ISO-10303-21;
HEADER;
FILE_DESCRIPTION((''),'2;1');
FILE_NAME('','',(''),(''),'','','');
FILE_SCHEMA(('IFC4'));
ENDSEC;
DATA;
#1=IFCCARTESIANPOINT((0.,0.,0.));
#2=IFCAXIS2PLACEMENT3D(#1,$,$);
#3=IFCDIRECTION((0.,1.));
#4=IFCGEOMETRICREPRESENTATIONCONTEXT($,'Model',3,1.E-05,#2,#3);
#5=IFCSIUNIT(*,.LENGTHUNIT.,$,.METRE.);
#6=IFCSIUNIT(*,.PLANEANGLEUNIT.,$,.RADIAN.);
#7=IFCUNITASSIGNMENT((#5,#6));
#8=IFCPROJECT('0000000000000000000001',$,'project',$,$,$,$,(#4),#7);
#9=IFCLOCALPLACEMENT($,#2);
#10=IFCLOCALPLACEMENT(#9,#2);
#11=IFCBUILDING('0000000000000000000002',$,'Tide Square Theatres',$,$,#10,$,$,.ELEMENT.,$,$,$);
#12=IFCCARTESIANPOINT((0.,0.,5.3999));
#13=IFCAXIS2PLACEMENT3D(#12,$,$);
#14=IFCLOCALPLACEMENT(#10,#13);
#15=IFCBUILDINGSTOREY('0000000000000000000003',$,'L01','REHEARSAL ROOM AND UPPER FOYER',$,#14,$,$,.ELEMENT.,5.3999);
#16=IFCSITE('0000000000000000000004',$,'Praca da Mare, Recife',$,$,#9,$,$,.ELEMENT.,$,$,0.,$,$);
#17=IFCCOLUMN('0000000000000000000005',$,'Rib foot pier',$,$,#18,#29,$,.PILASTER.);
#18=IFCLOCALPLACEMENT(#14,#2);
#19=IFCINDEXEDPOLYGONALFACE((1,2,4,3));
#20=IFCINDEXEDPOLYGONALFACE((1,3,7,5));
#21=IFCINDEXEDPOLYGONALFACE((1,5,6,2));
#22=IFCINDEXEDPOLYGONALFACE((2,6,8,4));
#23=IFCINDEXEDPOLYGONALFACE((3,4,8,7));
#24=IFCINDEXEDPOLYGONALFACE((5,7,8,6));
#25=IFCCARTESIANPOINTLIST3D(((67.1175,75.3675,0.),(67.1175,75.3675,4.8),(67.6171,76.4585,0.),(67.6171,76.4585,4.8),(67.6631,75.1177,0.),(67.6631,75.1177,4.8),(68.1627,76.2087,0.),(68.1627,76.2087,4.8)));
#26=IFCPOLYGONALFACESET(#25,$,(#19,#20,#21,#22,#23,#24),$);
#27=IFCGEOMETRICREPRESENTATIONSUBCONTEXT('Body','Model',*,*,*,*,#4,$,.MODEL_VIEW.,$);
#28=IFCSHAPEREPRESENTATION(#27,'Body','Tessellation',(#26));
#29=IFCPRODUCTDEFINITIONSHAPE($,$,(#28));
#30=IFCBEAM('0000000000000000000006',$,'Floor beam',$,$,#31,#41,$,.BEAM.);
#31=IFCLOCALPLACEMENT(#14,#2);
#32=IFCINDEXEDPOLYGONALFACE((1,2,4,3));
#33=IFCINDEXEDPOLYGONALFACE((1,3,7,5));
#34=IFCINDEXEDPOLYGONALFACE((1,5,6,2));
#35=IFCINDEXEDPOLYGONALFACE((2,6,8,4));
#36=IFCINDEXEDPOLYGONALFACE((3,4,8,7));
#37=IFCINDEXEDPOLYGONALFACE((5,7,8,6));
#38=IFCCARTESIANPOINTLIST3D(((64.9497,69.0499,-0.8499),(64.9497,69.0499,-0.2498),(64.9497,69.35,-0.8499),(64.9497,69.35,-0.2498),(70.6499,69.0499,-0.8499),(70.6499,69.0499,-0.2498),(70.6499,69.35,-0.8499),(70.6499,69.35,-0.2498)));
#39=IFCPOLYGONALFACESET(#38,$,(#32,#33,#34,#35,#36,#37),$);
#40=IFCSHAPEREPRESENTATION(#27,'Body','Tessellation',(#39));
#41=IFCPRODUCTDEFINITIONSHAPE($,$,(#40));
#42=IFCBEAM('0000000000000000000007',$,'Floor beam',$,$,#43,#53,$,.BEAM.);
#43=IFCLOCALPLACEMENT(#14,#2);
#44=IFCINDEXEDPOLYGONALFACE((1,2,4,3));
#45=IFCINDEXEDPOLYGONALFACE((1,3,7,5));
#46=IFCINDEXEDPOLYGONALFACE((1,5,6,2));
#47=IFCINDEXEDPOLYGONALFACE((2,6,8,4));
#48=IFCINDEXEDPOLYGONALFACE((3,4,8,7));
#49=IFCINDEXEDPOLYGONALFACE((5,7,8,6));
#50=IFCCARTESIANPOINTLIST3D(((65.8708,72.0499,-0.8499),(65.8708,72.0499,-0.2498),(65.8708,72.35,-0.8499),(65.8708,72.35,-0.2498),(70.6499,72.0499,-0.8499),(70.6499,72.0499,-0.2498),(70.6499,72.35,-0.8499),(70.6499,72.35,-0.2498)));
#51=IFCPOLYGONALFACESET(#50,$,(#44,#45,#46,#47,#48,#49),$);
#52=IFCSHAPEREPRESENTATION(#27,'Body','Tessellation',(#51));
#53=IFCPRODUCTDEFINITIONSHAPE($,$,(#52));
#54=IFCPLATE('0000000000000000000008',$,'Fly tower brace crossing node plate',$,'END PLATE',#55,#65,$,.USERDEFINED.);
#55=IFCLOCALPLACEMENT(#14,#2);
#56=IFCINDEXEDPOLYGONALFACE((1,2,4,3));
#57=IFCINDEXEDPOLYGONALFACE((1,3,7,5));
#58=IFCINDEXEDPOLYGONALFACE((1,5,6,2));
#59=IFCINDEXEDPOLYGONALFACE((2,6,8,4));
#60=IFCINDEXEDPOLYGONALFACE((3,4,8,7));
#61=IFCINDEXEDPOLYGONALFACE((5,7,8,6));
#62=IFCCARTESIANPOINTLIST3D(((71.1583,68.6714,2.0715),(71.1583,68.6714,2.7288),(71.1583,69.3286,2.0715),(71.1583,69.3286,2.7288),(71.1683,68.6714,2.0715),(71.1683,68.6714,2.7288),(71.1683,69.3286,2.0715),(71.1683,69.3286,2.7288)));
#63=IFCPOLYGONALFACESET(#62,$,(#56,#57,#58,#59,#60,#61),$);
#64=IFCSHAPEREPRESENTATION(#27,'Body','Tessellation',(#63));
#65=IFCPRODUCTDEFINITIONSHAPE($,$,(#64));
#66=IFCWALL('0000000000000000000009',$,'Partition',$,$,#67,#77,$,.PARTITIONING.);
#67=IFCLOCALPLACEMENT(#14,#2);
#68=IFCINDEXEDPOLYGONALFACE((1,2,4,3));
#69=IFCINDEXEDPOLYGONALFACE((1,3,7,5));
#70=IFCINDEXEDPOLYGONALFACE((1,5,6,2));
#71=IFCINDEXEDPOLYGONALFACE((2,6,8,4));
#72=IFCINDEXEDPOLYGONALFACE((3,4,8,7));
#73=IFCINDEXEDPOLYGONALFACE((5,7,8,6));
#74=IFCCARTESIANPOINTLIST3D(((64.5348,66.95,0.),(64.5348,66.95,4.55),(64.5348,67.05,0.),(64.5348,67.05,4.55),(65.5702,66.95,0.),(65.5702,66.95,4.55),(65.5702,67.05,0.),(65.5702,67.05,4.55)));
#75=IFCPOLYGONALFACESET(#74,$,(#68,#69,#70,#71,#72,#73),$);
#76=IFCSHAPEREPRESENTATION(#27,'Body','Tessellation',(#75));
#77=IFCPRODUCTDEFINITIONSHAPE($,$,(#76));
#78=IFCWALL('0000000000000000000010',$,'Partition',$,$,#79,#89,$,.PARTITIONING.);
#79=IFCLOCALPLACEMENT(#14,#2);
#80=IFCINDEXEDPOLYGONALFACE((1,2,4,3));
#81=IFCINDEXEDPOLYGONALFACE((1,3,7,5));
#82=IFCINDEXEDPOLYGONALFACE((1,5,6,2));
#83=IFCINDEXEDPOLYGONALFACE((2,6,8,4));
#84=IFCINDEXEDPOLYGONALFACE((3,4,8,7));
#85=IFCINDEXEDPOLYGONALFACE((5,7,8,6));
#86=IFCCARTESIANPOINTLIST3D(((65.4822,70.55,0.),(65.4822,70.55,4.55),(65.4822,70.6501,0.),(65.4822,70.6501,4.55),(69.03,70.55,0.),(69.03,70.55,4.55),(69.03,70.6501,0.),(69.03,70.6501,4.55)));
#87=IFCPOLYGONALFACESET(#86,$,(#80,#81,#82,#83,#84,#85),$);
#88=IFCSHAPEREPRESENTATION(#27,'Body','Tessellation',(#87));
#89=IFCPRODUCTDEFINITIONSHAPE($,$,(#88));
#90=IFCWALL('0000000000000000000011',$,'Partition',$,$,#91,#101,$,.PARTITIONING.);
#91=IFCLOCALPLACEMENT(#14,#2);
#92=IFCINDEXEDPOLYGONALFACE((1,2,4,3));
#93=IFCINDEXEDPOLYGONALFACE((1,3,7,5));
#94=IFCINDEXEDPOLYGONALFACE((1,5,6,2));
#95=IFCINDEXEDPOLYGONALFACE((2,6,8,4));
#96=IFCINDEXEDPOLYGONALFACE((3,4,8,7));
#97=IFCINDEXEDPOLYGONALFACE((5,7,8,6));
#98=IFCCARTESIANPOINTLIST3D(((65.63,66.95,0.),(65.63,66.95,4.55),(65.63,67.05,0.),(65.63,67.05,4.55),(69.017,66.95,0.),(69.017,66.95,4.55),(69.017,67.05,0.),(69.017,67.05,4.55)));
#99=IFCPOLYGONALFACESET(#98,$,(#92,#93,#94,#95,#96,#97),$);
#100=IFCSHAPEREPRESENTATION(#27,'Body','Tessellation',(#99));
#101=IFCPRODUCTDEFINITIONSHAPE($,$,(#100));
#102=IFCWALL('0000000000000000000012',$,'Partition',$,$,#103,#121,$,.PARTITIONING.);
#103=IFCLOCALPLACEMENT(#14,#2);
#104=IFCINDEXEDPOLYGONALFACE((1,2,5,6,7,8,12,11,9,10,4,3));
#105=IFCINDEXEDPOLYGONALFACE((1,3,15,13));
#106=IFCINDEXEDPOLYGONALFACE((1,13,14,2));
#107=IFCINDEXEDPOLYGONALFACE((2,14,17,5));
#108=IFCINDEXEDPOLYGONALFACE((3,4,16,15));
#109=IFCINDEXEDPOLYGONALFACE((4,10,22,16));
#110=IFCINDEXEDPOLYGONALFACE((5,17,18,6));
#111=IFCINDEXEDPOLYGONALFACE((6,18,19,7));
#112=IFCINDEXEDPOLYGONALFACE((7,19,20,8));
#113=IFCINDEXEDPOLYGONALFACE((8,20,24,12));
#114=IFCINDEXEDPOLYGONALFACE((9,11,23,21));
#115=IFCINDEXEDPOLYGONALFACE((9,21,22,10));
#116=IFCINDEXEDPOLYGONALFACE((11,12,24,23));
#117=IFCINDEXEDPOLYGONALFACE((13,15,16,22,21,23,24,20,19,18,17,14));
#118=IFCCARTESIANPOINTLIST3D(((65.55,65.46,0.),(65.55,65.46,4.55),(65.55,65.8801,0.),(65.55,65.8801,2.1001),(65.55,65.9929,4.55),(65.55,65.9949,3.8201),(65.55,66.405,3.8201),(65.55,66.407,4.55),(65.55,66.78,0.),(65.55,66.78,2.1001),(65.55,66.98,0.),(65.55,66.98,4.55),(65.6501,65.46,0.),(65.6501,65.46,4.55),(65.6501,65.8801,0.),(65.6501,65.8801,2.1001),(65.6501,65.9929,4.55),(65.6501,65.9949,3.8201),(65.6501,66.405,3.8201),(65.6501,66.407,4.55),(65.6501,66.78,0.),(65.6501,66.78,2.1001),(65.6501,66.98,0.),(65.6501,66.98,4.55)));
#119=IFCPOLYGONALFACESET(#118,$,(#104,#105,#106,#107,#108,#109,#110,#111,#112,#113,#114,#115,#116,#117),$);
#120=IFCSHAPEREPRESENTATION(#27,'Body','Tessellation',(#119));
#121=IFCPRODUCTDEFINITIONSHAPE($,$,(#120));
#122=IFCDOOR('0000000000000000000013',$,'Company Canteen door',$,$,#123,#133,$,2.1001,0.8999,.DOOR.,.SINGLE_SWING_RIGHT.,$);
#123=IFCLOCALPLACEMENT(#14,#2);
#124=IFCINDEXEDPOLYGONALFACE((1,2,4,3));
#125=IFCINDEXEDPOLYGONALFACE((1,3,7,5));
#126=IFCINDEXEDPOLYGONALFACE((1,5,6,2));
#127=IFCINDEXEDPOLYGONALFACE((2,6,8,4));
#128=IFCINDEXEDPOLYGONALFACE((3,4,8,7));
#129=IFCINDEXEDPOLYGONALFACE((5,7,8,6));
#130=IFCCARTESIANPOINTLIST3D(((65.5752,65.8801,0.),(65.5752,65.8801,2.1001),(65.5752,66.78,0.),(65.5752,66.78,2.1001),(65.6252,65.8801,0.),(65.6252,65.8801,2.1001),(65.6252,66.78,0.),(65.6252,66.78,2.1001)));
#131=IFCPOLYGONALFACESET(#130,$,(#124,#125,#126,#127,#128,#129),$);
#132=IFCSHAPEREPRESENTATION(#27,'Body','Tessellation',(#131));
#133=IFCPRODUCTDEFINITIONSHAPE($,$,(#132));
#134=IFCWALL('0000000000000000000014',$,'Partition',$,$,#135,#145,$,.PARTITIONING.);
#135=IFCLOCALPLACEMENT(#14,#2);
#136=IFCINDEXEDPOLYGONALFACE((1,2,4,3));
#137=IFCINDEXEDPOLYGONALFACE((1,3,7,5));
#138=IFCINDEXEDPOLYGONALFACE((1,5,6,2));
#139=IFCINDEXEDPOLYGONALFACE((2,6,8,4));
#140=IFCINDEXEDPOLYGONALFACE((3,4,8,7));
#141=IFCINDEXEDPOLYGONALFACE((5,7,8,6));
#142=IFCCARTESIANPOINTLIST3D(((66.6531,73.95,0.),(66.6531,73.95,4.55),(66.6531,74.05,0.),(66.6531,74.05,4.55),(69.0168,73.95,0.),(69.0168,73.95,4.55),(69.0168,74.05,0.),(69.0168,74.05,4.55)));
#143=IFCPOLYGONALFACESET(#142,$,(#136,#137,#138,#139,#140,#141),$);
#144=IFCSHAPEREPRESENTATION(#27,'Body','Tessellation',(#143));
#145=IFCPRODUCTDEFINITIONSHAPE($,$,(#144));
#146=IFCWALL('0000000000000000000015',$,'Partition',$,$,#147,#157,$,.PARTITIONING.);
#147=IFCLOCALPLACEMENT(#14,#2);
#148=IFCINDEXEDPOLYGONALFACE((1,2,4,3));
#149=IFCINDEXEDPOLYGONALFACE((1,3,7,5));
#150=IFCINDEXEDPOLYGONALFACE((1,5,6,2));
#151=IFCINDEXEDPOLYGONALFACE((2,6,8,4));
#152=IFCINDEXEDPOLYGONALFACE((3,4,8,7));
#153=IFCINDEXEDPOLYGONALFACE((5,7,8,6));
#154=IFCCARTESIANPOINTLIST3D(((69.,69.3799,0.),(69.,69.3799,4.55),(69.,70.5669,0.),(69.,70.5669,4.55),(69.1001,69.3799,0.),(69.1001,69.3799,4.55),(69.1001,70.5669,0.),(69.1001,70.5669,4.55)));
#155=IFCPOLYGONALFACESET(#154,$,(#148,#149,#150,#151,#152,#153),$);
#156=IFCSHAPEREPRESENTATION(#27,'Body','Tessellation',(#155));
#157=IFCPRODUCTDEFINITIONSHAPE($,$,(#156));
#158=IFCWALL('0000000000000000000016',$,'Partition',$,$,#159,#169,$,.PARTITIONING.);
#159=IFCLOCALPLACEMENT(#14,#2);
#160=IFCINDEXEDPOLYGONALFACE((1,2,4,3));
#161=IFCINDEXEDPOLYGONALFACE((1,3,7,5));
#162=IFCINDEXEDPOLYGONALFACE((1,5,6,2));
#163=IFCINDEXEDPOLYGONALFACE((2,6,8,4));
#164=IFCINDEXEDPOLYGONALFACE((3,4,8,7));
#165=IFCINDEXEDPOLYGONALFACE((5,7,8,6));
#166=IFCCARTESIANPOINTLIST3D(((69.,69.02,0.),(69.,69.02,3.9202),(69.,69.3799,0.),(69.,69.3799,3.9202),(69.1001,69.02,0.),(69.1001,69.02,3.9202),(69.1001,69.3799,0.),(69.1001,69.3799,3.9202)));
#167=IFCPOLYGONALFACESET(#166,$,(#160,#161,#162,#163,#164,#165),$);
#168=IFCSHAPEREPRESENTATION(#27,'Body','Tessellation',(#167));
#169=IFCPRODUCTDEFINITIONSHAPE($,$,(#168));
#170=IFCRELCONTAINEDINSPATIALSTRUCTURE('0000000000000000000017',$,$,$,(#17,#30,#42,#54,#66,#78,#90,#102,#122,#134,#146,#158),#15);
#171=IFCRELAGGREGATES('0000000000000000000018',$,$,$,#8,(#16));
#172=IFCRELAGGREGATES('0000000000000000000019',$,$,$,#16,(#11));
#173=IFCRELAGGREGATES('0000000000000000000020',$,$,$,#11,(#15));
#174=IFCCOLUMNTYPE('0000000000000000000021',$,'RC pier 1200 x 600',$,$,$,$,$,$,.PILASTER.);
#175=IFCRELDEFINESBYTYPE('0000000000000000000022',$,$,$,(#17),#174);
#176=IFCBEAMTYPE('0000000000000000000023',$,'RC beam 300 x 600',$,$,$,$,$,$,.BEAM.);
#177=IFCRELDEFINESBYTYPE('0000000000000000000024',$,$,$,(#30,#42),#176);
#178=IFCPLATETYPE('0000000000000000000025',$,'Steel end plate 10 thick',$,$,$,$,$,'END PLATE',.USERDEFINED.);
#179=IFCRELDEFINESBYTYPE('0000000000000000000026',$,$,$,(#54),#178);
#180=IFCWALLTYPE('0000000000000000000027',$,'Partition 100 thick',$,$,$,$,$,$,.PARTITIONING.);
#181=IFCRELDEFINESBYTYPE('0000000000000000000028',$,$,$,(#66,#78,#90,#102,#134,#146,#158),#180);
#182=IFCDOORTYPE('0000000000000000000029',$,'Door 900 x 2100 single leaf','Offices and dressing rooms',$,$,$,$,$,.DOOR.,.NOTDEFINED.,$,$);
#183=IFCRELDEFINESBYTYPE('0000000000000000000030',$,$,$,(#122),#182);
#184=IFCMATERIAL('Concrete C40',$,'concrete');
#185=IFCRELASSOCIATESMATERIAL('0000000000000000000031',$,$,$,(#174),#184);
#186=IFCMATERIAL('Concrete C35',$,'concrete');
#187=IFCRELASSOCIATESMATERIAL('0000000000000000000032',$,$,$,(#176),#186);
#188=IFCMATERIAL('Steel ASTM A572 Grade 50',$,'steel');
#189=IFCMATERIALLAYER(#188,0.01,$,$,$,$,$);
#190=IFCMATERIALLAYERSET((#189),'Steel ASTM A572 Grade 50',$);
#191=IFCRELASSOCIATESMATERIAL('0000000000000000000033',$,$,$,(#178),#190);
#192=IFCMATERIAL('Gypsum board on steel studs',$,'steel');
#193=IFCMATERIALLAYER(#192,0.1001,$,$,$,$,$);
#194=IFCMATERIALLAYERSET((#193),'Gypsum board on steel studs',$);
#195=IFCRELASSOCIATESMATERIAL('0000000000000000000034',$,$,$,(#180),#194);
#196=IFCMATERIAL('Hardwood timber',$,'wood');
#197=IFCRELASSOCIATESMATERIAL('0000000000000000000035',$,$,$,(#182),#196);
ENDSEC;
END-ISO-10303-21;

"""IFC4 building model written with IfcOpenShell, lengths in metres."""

from ifc_helpers import new_model, si_unit, direction, frame, frame_2d, origin, origin_2d, place, context, subcontext, project, spatial, polyline, rectangle, outline, extrude, material, layer, layer_set, material_profile, profile_set, type_object, element, fill, save


model = new_model("IFC4")

# Units and contexts
model_context = context("Model", 3, precision=1e-05, world=origin(), true_north=direction((0.0, 1.0)))
body_context = subcontext(model_context, "Body", "Model", "MODEL_VIEW")
ifc_project = project(units=[si_unit("LENGTHUNIT", "METRE"), si_unit("PLANEANGLEUNIT", "RADIAN")], contexts=[model_context])

# Site, building, storey
site_placement = place(None, origin())
site = spatial("IfcSite", under=ifc_project, at=site_placement, Name="Praca da Mare, Recife", CompositionType="ELEMENT", RefElevation=0.0)
building_placement = place(site_placement, origin())
building = spatial("IfcBuilding", under=site, at=building_placement, Name="Tide Square Theatres", CompositionType="ELEMENT")
storey_placement = place(building_placement, frame((0.0, 0.0, 5.3999)))
storey = spatial("IfcBuildingStorey", under=building, at=storey_placement, Name="L01", Description="REHEARSAL ROOM AND UPPER FOYER", CompositionType="ELEMENT", Elevation=5.3999)

# Column
ifc_material_1 = material(Name="Concrete C40", Category="concrete")
ifc_material_profile_1 = material_profile(ifc_material_1, rectangle(XDim=1.2, YDim=0.6001, at=origin_2d()))
ifc_profile_set_1 = profile_set([ifc_material_profile_1], Name="Concrete C40")
column_type = type_object("IfcColumnType", Name="RC pier 1200 x 600", PredefinedType="PILASTER", material=ifc_profile_set_1)
column_placement = place(storey_placement, frame((67.6401, 75.7881, 0.0), z_axis=(0.0, 0.0, 1.0), x_axis=(-0.416344, -0.909207, 0.0)))
element("IfcColumn", 1, at=column_placement, inside=storey, type_object=column_type, Name="Rib foot pier", PredefinedType="PILASTER", context=body_context, shape_type="SweptSolid", body=[
    extrude(rectangle(XDim=1.2, YDim=0.6001, at=origin_2d()), origin(), (0.0, 0.0, 1.0), 4.8),
])

# Beams
ifc_material_2 = material(Name="Concrete C35", Category="concrete")
ifc_material_profile_2 = material_profile(ifc_material_2, rectangle(XDim=0.3, YDim=0.6001, at=origin_2d()))
ifc_profile_set_2 = profile_set([ifc_material_profile_2], Name="Concrete C35")
beam_type = type_object("IfcBeamType", Name="RC beam 300 x 600", PredefinedType="BEAM", material=ifc_profile_set_2)
beam_1_placement = place(storey_placement, frame((64.9497, 69.2, -0.5498), z_axis=(1.0, 0.0, 0.0), x_axis=(0.0, 1.0, 0.0)))
element("IfcBeam", 2, at=beam_1_placement, inside=storey, type_object=beam_type, Name="Floor beam", PredefinedType="BEAM", context=body_context, shape_type="SweptSolid", body=[
    extrude(rectangle(XDim=0.3, YDim=0.6001, at=origin_2d()), origin(), (0.0, 0.0, 1.0), 5.7002),
])
beam_2_placement = place(storey_placement, frame((65.8708, 72.2, -0.5498), z_axis=(1.0, 0.0, 0.0), x_axis=(0.0, 1.0, 0.0)))
element("IfcBeam", 3, at=beam_2_placement, inside=storey, type_object=beam_type, Name="Floor beam", PredefinedType="BEAM", context=body_context, shape_type="SweptSolid", body=[
    extrude(rectangle(XDim=0.3, YDim=0.6001, at=origin_2d()), origin(), (0.0, 0.0, 1.0), 4.7791),
])

# Plate
ifc_material_3 = material(Name="Steel ASTM A572 Grade 50", Category="steel")
ifc_layer_1 = layer(ifc_material_3, 0.01)
ifc_layer_set_1 = layer_set([ifc_layer_1], Name="Steel ASTM A572 Grade 50")
plate_type = type_object("IfcPlateType", Name="Steel end plate 10 thick", ElementType="END PLATE", PredefinedType="USERDEFINED", material=ifc_layer_set_1)
plate_placement = place(storey_placement, frame((71.1633, 69.0, 2.0715), z_axis=(0.0, 0.0, 1.0), x_axis=(-1.0, 0.0, 0.0)))
element("IfcPlate", 4, at=plate_placement, inside=storey, type_object=plate_type, Name="Fly tower brace crossing node plate", ObjectType="END PLATE", PredefinedType="USERDEFINED", context=body_context, shape_type="SweptSolid", body=[
    extrude(rectangle(XDim=0.01, YDim=0.6572, at=origin_2d()), origin(), (0.0, 0.0, 1.0), 0.6572),
])

# Walls
ifc_material_4 = material(Name="Gypsum board on steel studs", Category="steel")
ifc_layer_2 = layer(ifc_material_4, 0.1001)
ifc_layer_set_2 = layer_set([ifc_layer_2], Name="Gypsum board on steel studs")
wall_type_1 = type_object("IfcWallType", Name="Partition 100 thick", PredefinedType="PARTITIONING", material=ifc_layer_set_2)
wall_1_placement = place(storey_placement, frame((65.5701, 67.0, 0.0), z_axis=(0.0, 0.0, 1.0), x_axis=(-1.0, 0.0, 0.0)))
element("IfcWall", 5, at=wall_1_placement, inside=storey, type_object=wall_type_1, Name="Partition", PredefinedType="PARTITIONING", context=body_context, shape_type="SweptSolid", body=[
    extrude(rectangle(XDim=1.0354, YDim=0.1001, at=frame_2d((0.5176, 0.0))), origin(), (0.0, 0.0, 1.0), 4.55),
])
wall_2_placement = place(storey_placement, frame((65.4822, 70.6001, 0.0), z_axis=(0.0, 0.0, 1.0), x_axis=(1.0, 0.0, 0.0)))
element("IfcWall", 6, at=wall_2_placement, inside=storey, type_object=wall_type_1, Name="Partition", PredefinedType="PARTITIONING", context=body_context, shape_type="SweptSolid", body=[
    extrude(rectangle(XDim=3.5479, YDim=0.1001, at=frame_2d((1.7739, 0.0))), origin(), (0.0, 0.0, 1.0), 4.55),
])
wall_3_placement = place(storey_placement, frame((69.0168, 67.0, 0.0), z_axis=(0.0, 0.0, 1.0), x_axis=(-1.0, 0.0, 0.0)))
element("IfcWall", 7, at=wall_3_placement, inside=storey, type_object=wall_type_1, Name="Partition", PredefinedType="PARTITIONING", context=body_context, shape_type="SweptSolid", body=[
    extrude(rectangle(XDim=3.387, YDim=0.1001, at=frame_2d((1.6934, 0.0))), origin(), (0.0, 0.0, 1.0), 4.55),
])

# Wall, opening, door
wall_4_placement = place(storey_placement, frame((65.6001, 66.98, 0.0), z_axis=(0.0, 0.0, 1.0), x_axis=(0.0, -1.0, 0.0)))
wall_4 = element("IfcWall", 8, at=wall_4_placement, inside=storey, type_object=wall_type_1, Name="Partition", PredefinedType="PARTITIONING", context=body_context, shape_type="SweptSolid", body=[
    extrude(outline(polyline([(0.0, 0.0), (1.52, 0.0), (1.52, 4.55), (0.9871, 4.55), (0.9851, 3.8201), (0.575, 3.8201), (0.573, 4.55), (0.0, 4.55), (0.0, 0.0)])), frame((0.0, 0.05, 0.0), z_axis=(0.0, -1.0, 0.0), x_axis=(1.0, 0.0, 0.0)), (0.0, 0.0, 1.0), 0.1001),
])
opening_1_placement = place(wall_4_placement, frame((0.2, 0.0, 0.0)))
opening_1 = element("IfcOpeningElement", 9, at=opening_1_placement, cuts=wall_4, PredefinedType="OPENING", context=body_context, shape_type="SweptSolid", body=[
    extrude(rectangle(XDim=0.8999, YDim=2.1001, at=frame_2d((0.45, 1.05))), frame((0.0, 0.0601, 0.0), z_axis=(0.0, -1.0, 0.0), x_axis=(1.0, 0.0, 0.0)), (0.0, 0.0, 1.0), 0.1201),
])
ifc_material_5 = material(Name="Hardwood timber", Category="wood")
door_type = type_object("IfcDoorType", Name="Door 900 x 2100 single leaf", Description="Offices and dressing rooms", OperationType="NOTDEFINED", PredefinedType="DOOR", material=ifc_material_5)
door_1_placement = place(opening_1_placement, frame((0.8999, 0.0, 0.0), z_axis=(0.0, 0.0, 1.0), x_axis=(-1.0, 0.0, 0.0)))
door_1 = element("IfcDoor", 10, at=door_1_placement, inside=storey, type_object=door_type, Name="Company Canteen door", OperationType="SINGLE_SWING_RIGHT", OverallHeight=2.1001, OverallWidth=0.8999, PredefinedType="DOOR", context=body_context, shape_type="SweptSolid", body=[
    extrude(rectangle(XDim=0.8999, YDim=2.1001, at=frame_2d((0.45, 1.05))), frame((0.0, 0.0249, 0.0), z_axis=(0.0, -1.0, 0.0), x_axis=(1.0, 0.0, 0.0)), (0.0, 0.0, 1.0), 0.05),
])
fill(opening_1, door_1)

# Walls
wall_5_placement = place(storey_placement, frame((66.6531, 74.0, 0.0), z_axis=(0.0, 0.0, 1.0), x_axis=(1.0, 0.0, 0.0)))
element("IfcWall", 11, at=wall_5_placement, inside=storey, type_object=wall_type_1, Name="Partition", PredefinedType="PARTITIONING", context=body_context, shape_type="SweptSolid", body=[
    extrude(rectangle(XDim=2.3638, YDim=0.1001, at=frame_2d((1.1819, 0.0))), origin(), (0.0, 0.0, 1.0), 4.55),
])
wall_6_placement = place(storey_placement, frame((69.05, 70.5669, 0.0), z_axis=(0.0, 0.0, 1.0), x_axis=(0.0, -1.0, 0.0)))
element("IfcWall", 12, at=wall_6_placement, inside=storey, type_object=wall_type_1, Name="Partition", PredefinedType="PARTITIONING", context=body_context, shape_type="SweptSolid", body=[
    extrude(rectangle(XDim=1.187, YDim=0.1001, at=frame_2d((0.5935, 0.0))), origin(), (0.0, 0.0, 1.0), 4.55),
])
wall_7_placement = place(storey_placement, frame((69.05, 69.3799, 0.0), z_axis=(0.0, 0.0, 1.0), x_axis=(0.0, -1.0, 0.0)))
element("IfcWall", 13, at=wall_7_placement, inside=storey, type_object=wall_type_1, Name="Partition", PredefinedType="PARTITIONING", context=body_context, shape_type="SweptSolid", body=[
    extrude(rectangle(XDim=0.3599, YDim=0.1001, at=frame_2d((0.1799, 0.0))), origin(), (0.0, 0.0, 1.0), 3.9202),
])

save(model, "model.ifc")
